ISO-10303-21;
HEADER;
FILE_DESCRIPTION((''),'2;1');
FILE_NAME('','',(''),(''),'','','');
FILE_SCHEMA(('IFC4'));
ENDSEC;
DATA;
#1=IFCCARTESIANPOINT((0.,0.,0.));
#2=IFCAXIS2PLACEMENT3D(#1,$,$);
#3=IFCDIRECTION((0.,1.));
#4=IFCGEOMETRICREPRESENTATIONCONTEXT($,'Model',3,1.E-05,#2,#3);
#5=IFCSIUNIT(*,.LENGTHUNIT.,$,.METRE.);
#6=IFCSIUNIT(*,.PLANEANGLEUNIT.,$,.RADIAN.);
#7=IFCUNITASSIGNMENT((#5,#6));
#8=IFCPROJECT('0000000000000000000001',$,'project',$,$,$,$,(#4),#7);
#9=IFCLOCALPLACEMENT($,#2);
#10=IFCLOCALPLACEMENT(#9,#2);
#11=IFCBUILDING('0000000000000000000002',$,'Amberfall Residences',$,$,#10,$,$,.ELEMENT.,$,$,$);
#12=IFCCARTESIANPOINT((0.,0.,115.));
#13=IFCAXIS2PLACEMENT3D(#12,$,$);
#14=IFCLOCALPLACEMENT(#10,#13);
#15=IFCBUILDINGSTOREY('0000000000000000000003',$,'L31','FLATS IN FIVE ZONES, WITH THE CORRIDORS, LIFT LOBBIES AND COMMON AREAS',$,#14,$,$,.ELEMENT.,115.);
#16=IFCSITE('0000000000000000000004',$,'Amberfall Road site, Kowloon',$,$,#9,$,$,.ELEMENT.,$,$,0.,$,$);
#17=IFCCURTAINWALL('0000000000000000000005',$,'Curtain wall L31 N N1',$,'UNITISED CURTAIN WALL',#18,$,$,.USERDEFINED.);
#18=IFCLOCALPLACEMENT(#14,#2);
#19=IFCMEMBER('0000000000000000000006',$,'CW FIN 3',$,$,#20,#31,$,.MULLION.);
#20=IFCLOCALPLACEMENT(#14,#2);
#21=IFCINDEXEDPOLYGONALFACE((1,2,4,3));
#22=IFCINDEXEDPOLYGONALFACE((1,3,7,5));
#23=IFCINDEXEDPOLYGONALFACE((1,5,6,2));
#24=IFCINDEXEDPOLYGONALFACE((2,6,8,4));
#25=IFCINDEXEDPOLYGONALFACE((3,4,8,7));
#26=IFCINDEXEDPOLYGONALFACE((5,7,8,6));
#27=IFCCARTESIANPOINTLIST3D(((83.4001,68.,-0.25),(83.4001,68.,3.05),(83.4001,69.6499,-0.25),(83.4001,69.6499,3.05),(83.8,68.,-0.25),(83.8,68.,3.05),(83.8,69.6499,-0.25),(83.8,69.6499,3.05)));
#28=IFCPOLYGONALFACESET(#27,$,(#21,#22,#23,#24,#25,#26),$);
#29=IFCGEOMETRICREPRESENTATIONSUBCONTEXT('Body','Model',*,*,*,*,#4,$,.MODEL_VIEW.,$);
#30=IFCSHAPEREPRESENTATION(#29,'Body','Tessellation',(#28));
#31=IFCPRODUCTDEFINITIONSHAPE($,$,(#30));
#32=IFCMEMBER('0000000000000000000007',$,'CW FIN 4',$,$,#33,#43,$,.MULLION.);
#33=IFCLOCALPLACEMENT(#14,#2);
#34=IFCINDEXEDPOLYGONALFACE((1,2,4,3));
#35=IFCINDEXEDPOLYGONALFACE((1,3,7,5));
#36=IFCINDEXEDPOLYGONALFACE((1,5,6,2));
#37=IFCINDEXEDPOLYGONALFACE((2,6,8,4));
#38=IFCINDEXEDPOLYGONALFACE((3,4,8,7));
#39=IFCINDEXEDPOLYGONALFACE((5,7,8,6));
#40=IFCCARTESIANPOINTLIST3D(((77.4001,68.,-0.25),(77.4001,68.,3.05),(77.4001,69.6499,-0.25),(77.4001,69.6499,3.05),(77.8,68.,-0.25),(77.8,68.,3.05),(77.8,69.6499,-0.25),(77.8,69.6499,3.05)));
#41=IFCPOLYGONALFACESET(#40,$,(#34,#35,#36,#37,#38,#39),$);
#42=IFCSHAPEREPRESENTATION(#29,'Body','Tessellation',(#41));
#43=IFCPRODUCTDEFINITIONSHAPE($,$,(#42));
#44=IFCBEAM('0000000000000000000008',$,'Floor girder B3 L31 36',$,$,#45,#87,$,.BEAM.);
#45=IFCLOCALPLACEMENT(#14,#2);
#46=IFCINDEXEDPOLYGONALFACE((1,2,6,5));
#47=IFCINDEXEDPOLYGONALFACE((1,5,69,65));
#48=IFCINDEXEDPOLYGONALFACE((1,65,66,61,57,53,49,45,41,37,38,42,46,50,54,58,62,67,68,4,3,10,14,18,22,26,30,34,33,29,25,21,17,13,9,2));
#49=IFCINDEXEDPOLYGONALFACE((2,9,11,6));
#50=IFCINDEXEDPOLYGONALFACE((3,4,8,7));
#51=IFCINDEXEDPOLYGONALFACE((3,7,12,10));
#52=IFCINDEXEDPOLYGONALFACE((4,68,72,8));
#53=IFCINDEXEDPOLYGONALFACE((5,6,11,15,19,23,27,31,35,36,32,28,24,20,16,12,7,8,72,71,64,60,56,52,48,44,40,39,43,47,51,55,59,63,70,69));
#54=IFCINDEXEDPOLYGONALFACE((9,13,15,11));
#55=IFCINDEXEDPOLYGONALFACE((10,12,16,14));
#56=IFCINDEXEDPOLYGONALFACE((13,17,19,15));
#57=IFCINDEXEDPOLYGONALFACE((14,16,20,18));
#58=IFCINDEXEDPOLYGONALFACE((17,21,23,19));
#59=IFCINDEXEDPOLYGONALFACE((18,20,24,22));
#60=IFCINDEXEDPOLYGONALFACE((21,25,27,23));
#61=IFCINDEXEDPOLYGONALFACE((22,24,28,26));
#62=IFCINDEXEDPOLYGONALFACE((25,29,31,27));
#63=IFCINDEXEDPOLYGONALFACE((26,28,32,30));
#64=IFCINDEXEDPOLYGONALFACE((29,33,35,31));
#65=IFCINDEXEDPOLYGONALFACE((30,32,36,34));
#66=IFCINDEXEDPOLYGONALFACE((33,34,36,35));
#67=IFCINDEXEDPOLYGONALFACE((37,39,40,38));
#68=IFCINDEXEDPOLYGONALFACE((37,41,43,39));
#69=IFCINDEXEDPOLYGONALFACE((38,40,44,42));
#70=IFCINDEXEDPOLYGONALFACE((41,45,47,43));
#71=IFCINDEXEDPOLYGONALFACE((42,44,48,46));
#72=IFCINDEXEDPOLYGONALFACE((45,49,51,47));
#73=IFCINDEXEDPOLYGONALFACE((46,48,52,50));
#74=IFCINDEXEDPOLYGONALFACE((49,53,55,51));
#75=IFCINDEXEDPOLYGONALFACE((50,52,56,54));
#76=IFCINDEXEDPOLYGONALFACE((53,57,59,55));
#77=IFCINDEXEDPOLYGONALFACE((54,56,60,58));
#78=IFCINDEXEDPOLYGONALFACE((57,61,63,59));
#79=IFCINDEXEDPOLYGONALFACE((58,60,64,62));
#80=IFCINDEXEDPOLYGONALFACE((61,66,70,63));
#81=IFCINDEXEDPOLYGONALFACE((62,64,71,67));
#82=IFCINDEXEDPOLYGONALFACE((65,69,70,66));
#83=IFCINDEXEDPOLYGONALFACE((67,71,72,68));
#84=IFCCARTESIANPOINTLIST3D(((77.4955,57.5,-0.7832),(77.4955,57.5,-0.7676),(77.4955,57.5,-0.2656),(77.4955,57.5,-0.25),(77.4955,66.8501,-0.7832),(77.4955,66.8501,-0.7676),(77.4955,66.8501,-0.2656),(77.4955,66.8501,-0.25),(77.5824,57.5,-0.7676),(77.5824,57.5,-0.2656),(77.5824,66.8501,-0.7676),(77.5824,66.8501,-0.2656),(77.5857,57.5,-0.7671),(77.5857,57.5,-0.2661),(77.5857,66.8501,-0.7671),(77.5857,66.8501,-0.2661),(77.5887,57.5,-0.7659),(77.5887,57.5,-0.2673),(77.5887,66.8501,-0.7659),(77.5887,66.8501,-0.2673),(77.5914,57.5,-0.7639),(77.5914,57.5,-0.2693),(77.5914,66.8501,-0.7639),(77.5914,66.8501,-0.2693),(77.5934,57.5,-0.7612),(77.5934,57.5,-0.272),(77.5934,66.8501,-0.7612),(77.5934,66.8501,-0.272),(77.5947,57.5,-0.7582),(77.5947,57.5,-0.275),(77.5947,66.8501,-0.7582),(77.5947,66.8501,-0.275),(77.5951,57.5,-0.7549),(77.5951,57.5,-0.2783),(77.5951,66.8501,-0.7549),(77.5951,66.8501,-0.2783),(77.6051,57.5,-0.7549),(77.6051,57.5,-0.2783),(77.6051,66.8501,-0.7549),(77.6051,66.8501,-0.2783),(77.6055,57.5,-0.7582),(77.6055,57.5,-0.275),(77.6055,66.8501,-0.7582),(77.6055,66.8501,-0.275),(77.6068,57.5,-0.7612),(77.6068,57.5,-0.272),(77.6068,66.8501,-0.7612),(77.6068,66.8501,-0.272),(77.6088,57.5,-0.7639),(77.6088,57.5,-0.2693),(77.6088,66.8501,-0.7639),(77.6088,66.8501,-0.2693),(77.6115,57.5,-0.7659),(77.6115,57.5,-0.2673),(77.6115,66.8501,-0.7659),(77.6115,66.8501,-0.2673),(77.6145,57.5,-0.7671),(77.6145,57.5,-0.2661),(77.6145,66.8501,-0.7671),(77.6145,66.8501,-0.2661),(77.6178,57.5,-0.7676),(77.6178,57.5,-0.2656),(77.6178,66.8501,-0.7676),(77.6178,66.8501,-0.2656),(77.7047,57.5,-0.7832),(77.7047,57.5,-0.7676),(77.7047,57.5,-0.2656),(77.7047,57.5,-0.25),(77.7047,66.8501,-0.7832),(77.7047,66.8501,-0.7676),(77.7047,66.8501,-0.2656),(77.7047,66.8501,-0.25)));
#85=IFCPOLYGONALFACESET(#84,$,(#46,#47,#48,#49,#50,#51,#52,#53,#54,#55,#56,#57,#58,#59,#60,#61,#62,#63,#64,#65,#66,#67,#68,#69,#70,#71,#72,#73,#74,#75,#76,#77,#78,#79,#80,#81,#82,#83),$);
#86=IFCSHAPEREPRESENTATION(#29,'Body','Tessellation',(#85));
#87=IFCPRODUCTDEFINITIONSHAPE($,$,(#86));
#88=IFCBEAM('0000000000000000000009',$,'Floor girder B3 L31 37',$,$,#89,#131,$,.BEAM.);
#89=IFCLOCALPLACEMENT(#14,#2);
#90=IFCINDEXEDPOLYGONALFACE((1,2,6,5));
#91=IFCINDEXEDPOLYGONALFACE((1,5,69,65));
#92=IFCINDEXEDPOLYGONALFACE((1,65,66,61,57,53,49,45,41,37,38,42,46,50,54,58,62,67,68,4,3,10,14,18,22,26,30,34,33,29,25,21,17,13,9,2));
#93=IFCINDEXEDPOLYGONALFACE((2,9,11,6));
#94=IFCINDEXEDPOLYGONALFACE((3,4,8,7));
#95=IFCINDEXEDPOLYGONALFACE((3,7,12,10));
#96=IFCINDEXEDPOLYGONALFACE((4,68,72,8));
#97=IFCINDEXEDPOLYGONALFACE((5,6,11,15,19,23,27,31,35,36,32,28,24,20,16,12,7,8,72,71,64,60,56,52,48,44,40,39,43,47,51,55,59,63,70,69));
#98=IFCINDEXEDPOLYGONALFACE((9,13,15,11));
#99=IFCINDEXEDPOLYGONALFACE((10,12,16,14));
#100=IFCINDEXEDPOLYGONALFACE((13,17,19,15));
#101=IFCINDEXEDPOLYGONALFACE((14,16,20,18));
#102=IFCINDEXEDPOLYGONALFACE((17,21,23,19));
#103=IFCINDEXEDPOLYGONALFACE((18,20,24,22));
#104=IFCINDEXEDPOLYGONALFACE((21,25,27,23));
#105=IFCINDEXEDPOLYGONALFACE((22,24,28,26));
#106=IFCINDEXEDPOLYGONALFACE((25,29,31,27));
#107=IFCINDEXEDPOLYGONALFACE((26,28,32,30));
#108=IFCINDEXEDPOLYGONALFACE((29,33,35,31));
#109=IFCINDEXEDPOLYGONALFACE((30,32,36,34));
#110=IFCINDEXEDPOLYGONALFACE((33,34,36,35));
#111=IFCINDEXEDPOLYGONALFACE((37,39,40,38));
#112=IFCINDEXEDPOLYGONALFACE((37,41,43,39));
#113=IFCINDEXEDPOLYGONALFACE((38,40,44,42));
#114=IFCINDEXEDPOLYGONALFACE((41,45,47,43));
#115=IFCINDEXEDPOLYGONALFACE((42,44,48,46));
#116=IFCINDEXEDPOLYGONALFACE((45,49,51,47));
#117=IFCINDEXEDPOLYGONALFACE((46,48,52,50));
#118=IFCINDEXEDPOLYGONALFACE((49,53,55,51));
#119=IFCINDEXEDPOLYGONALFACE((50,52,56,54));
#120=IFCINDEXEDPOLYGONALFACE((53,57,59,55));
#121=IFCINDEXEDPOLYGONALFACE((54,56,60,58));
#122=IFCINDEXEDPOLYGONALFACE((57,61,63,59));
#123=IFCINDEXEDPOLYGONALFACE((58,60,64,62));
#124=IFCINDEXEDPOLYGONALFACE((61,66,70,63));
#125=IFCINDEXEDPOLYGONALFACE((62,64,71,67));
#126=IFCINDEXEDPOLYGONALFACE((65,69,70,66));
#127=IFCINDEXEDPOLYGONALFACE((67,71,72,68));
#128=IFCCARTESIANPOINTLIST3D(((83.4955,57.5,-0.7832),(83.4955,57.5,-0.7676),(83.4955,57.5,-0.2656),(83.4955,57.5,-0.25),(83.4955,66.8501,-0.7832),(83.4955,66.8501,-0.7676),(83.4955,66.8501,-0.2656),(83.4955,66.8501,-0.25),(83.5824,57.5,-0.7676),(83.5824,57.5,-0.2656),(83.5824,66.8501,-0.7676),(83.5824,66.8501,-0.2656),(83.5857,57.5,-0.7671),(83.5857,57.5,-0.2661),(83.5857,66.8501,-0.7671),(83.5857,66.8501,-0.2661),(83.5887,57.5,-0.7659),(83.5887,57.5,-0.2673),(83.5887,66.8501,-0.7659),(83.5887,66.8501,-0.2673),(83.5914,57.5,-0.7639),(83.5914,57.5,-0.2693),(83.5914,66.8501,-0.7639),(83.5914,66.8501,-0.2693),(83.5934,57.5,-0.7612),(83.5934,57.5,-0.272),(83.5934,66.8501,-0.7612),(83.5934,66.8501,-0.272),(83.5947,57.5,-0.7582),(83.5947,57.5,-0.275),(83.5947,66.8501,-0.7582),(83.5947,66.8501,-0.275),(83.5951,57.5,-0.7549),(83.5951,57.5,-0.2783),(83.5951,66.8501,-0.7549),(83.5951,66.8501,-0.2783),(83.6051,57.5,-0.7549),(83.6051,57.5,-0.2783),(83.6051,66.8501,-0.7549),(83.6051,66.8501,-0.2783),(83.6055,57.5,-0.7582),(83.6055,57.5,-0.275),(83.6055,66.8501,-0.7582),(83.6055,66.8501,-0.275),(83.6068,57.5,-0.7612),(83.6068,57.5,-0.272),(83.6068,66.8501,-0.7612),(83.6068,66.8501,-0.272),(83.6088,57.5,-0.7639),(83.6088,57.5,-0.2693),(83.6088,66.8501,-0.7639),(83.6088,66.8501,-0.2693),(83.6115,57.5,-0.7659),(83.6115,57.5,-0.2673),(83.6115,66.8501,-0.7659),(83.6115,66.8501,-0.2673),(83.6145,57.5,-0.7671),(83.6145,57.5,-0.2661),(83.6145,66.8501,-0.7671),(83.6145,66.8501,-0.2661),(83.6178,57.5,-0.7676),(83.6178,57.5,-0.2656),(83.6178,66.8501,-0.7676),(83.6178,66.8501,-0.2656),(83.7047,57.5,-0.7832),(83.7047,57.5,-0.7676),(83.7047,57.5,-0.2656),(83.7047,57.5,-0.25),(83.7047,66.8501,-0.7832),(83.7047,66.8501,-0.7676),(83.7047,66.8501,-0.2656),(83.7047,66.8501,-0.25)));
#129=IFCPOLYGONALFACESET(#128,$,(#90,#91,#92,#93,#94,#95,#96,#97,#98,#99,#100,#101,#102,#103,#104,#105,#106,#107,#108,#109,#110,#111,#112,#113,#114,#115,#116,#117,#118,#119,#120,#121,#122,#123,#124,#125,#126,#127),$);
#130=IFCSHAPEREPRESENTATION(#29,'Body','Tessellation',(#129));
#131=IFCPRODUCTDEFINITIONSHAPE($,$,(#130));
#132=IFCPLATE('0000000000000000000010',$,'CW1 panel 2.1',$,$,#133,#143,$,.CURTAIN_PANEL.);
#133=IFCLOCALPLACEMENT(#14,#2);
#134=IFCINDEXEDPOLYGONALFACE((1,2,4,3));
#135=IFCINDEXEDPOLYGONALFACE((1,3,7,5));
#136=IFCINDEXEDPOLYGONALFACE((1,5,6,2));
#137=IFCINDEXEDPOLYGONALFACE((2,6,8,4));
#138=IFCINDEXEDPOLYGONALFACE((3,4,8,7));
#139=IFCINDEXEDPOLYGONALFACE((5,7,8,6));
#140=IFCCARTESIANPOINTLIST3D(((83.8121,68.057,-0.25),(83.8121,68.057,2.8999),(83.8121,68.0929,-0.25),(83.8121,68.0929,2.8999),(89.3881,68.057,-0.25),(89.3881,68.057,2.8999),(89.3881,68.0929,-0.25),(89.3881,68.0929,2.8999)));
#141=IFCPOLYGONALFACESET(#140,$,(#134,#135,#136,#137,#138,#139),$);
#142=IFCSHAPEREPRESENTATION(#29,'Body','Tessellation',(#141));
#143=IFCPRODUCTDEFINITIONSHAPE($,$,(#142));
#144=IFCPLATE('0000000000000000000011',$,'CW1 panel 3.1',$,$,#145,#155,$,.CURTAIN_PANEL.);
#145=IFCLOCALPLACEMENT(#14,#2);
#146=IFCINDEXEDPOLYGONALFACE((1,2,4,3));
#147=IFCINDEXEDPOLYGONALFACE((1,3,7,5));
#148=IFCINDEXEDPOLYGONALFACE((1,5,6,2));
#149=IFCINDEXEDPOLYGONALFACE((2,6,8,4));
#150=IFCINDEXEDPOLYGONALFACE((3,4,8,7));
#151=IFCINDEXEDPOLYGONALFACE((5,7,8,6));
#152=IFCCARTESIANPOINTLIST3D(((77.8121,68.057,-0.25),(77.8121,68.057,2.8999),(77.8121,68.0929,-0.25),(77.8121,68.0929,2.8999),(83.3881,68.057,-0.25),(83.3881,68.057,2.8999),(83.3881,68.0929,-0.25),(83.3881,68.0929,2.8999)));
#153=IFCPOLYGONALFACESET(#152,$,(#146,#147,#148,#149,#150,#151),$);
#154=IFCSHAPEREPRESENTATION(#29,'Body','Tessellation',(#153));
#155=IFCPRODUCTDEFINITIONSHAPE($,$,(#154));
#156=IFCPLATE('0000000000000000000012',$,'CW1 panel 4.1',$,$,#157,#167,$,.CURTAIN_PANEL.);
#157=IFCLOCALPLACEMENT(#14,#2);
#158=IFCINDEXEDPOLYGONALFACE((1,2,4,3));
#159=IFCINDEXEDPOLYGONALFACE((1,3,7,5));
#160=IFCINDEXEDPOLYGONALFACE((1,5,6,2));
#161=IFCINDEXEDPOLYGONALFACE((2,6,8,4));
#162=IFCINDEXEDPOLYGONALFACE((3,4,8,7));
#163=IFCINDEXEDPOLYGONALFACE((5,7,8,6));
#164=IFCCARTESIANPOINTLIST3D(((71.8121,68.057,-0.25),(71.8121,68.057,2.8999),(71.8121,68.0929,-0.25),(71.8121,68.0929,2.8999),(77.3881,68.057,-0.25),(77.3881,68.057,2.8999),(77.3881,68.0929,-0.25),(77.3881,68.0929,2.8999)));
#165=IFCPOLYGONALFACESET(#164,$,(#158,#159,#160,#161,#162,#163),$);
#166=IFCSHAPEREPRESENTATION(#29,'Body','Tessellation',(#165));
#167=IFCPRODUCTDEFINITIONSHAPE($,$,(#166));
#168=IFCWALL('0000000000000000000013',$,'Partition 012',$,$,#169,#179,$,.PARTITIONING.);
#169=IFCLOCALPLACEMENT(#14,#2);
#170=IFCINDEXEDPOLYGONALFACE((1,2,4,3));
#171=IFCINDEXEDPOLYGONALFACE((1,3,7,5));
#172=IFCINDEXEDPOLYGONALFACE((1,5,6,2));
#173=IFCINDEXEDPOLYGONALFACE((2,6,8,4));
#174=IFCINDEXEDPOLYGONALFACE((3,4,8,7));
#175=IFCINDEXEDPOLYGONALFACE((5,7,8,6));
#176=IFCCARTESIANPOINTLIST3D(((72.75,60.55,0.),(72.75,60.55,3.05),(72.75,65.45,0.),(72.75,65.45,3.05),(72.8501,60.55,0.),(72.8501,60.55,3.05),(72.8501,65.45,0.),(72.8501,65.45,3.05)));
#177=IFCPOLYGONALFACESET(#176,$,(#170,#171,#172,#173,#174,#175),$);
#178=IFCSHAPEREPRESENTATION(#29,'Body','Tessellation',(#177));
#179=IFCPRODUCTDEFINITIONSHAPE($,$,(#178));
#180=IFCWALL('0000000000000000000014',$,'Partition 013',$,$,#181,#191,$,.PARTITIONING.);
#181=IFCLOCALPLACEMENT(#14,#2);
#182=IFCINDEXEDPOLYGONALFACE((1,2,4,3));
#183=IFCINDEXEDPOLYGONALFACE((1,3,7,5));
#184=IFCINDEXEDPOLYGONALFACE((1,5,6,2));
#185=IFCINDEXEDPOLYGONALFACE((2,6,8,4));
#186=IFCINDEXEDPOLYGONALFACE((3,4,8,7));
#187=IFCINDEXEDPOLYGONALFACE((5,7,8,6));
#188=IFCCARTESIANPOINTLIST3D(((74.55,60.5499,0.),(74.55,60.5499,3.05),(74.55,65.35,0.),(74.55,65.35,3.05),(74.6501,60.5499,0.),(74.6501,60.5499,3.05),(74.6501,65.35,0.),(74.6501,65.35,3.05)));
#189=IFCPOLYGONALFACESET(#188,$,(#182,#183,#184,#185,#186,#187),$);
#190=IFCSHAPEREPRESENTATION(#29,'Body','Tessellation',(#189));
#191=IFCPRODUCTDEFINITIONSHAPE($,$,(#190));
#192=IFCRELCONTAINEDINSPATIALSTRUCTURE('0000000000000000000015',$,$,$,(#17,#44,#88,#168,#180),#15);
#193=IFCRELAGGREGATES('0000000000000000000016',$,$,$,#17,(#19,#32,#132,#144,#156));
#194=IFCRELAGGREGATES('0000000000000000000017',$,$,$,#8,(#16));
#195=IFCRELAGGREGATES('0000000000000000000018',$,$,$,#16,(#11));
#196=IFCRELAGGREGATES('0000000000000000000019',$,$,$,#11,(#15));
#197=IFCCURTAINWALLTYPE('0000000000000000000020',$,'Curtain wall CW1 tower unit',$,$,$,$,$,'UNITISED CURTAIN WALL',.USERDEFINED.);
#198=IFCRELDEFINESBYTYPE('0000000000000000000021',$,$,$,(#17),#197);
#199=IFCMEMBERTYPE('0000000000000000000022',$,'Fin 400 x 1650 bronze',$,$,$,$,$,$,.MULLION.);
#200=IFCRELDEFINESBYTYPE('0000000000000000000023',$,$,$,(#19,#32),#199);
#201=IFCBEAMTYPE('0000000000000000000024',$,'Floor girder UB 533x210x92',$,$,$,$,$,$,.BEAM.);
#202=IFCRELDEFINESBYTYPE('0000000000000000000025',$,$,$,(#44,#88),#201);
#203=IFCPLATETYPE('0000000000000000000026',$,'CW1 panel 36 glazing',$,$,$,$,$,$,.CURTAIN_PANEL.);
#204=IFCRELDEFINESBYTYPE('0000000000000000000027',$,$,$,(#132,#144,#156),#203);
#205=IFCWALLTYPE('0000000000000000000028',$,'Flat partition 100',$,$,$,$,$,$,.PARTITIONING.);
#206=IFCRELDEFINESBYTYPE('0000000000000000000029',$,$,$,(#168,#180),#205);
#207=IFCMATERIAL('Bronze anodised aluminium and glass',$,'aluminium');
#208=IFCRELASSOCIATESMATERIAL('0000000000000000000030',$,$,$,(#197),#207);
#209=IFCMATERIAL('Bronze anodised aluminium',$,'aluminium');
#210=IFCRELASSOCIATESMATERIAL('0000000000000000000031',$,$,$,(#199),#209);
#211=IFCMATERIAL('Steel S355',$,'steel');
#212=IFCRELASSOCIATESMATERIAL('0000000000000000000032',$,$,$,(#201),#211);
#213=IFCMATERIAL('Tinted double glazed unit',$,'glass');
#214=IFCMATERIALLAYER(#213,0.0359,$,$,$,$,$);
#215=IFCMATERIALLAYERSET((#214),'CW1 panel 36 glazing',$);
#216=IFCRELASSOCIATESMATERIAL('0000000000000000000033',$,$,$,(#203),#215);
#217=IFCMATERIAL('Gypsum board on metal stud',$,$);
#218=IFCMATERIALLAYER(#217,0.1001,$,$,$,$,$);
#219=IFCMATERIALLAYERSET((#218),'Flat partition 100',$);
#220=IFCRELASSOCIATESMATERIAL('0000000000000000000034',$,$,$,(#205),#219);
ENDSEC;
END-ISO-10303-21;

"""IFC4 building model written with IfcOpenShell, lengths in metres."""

from ifc_helpers import new_model, si_unit, direction, frame, frame_2d, origin, origin_2d, place, context, subcontext, project, spatial, rectangle, i_section, extrude, material, layer, layer_set, material_profile, profile_set, type_object, element, aggregate, save


model = new_model("IFC4")

# Units and contexts
model_context = context("Model", 3, precision=1e-05, world=origin(), true_north=direction((0.0, 1.0)))
body_context = subcontext(model_context, "Body", "Model", "MODEL_VIEW")
ifc_project = project(units=[si_unit("LENGTHUNIT", "METRE"), si_unit("PLANEANGLEUNIT", "RADIAN")], contexts=[model_context])

# Site, building, storey
site_placement = place(None, origin())
site = spatial("IfcSite", under=ifc_project, at=site_placement, Name="Amberfall Road site, Kowloon", CompositionType="ELEMENT", RefElevation=0.0)
building_placement = place(site_placement, origin())
building = spatial("IfcBuilding", under=site, at=building_placement, Name="Amberfall Residences", CompositionType="ELEMENT")
storey_placement = place(building_placement, frame((0.0, 0.0, 115.0)))
storey = spatial("IfcBuildingStorey", under=building, at=storey_placement, Name="L31", Description="FLATS IN FIVE ZONES, WITH THE CORRIDORS, LIFT LOBBIES AND COMMON AREAS", CompositionType="ELEMENT", Elevation=115.0)

# Curtain wall
ifc_material_1 = material(Name="Bronze anodised aluminium and glass", Category="aluminium")
curtain_wall_type = type_object("IfcCurtainWallType", Name="Curtain wall CW1 tower unit", ElementType="UNITISED CURTAIN WALL", PredefinedType="USERDEFINED", material=ifc_material_1)
curtain_wall_placement = place(storey_placement, origin())
curtain_wall = element("IfcCurtainWall", 1, at=curtain_wall_placement, inside=storey, type_object=curtain_wall_type, Name="Curtain wall L31 N N1", ObjectType="UNITISED CURTAIN WALL", PredefinedType="USERDEFINED")
ifc_material_2 = material(Name="Bronze anodised aluminium", Category="aluminium")

# Shared definitions
ifc_material_3 = material(Name="Steel S355", Category="steel")

# Members
ifc_material_profile_1 = material_profile(ifc_material_2, rectangle(XDim=1.6499, YDim=0.3999, at=origin_2d()), Name="Fin 400 x 1650 bronze")
ifc_profile_set_1 = profile_set([ifc_material_profile_1], Name="Bronze anodised aluminium")
member_type_1 = type_object("IfcMemberType", Name="Fin 400 x 1650 bronze", PredefinedType="MULLION", material=ifc_profile_set_1)
member_1_placement = place(storey_placement, frame((83.6001, 68.825, -0.25), z_axis=(0.0, 0.0, 1.0), x_axis=(0.0, -1.0, 0.0)))
member_1 = element("IfcMember", 2, at=member_1_placement, type_object=member_type_1, Name="CW FIN 3", PredefinedType="MULLION", context=body_context, shape_type="SweptSolid", body=[
    extrude(rectangle(XDim=1.6499, YDim=0.3999, at=origin_2d()), origin(), (0.0, 0.0, 1.0), 3.3),
])
member_2_placement = place(storey_placement, frame((77.6001, 68.825, -0.25), z_axis=(0.0, 0.0, 1.0), x_axis=(0.0, -1.0, 0.0)))
member_2 = element("IfcMember", 3, at=member_2_placement, type_object=member_type_1, Name="CW FIN 4", PredefinedType="MULLION", context=body_context, shape_type="SweptSolid", body=[
    extrude(rectangle(XDim=1.6499, YDim=0.3999, at=origin_2d()), origin(), (0.0, 0.0, 1.0), 3.3),
])

# Beams
ifc_material_profile_2 = material_profile(ifc_material_3, i_section(OverallWidth=0.2092, OverallDepth=0.5332, WebThickness=0.01, FlangeThickness=0.0156, FilletRadius=0.0127, at=origin_2d()), Name="UB 533x210x92")
ifc_profile_set_2 = profile_set([ifc_material_profile_2], Name="Steel S355")
beam_type_1 = type_object("IfcBeamType", Name="Floor girder UB 533x210x92", PredefinedType="BEAM", material=ifc_profile_set_2)
for number, where, z_axis, x_axis, name in (
    (4, (77.6001, 66.8501, -0.5166), (0.0, -1.0, 0.0), (1.0, 0.0, 0.0), "Floor girder B3 L31 36"),
    (5, (83.6001, 66.8501, -0.5166), (0.0, -1.0, 0.0), (1.0, 0.0, 0.0), "Floor girder B3 L31 37"),
):
    element("IfcBeam", number, at=place(storey_placement, frame(where, z_axis=z_axis, x_axis=x_axis)), inside=storey, type_object=beam_type_1, Name=name, PredefinedType="BEAM", context=body_context, shape_type="SweptSolid", body=[
        extrude(i_section(OverallWidth=0.2092, OverallDepth=0.5332, WebThickness=0.01, FlangeThickness=0.0156, FilletRadius=0.0127, at=origin_2d()), origin(), (0.0, 0.0, 1.0), 9.3501),
    ])

# Plates
ifc_material_4 = material(Name="Tinted double glazed unit", Category="glass")
ifc_layer_1 = layer(ifc_material_4, 0.0359)
ifc_layer_set_1 = layer_set([ifc_layer_1], Name="CW1 panel 36 glazing")
plate_type = type_object("IfcPlateType", Name="CW1 panel 36 glazing", PredefinedType="CURTAIN_PANEL", material=ifc_layer_set_1)
plate_1_placement = place(storey_placement, frame((86.6001, 68.075, -0.25), z_axis=(0.0, 0.0, 1.0), x_axis=(-1.0, 0.0, 0.0)))
plate_1 = element("IfcPlate", 6, at=plate_1_placement, type_object=plate_type, Name="CW1 panel 2.1", PredefinedType="CURTAIN_PANEL", context=body_context, shape_type="SweptSolid", body=[
    extrude(rectangle(XDim=5.5759, YDim=0.0359, at=origin_2d()), origin(), (0.0, 0.0, 1.0), 3.1499),
])
plate_2_placement = place(storey_placement, frame((80.6001, 68.075, -0.25), z_axis=(0.0, 0.0, 1.0), x_axis=(-1.0, 0.0, 0.0)))
plate_2 = element("IfcPlate", 7, at=plate_2_placement, type_object=plate_type, Name="CW1 panel 3.1", PredefinedType="CURTAIN_PANEL", context=body_context, shape_type="SweptSolid", body=[
    extrude(rectangle(XDim=5.5759, YDim=0.0359, at=origin_2d()), origin(), (0.0, 0.0, 1.0), 3.1499),
])
plate_3_placement = place(storey_placement, frame((74.6001, 68.075, -0.25), z_axis=(0.0, 0.0, 1.0), x_axis=(-1.0, 0.0, 0.0)))
plate_3 = element("IfcPlate", 8, at=plate_3_placement, type_object=plate_type, Name="CW1 panel 4.1", PredefinedType="CURTAIN_PANEL", context=body_context, shape_type="SweptSolid", body=[
    extrude(rectangle(XDim=5.5759, YDim=0.0359, at=origin_2d()), origin(), (0.0, 0.0, 1.0), 3.1499),
])
aggregate(curtain_wall, [member_1, member_2, plate_1, plate_2, plate_3])

# Walls
ifc_material_5 = material(Name="Gypsum board on metal stud")
ifc_layer_2 = layer(ifc_material_5, 0.1001)
ifc_layer_set_2 = layer_set([ifc_layer_2], Name="Flat partition 100")
wall_type_1 = type_object("IfcWallType", Name="Flat partition 100", PredefinedType="PARTITIONING", material=ifc_layer_set_2)
wall_1_placement = place(storey_placement, frame((72.8, 60.55, 0.0), z_axis=(0.0, 0.0, 1.0), x_axis=(0.0, 1.0, 0.0)))
element("IfcWall", 9, at=wall_1_placement, inside=storey, type_object=wall_type_1, Name="Partition 012", PredefinedType="PARTITIONING", context=body_context, shape_type="SweptSolid", body=[
    extrude(rectangle(XDim=4.8999, YDim=0.1001, at=frame_2d((2.45, 0.0))), origin(), (0.0, 0.0, 1.0), 3.05),
])
wall_2_placement = place(storey_placement, frame((74.6001, 60.55, 0.0), z_axis=(0.0, 0.0, 1.0), x_axis=(0.0, 1.0, 0.0)))
element("IfcWall", 10, at=wall_2_placement, inside=storey, type_object=wall_type_1, Name="Partition 013", PredefinedType="PARTITIONING", context=body_context, shape_type="SweptSolid", body=[
    extrude(rectangle(XDim=4.8, YDim=0.1001, at=frame_2d((2.3999, 0.0))), origin(), (0.0, 0.0, 1.0), 3.05),
])

save(model, "model.ifc")
